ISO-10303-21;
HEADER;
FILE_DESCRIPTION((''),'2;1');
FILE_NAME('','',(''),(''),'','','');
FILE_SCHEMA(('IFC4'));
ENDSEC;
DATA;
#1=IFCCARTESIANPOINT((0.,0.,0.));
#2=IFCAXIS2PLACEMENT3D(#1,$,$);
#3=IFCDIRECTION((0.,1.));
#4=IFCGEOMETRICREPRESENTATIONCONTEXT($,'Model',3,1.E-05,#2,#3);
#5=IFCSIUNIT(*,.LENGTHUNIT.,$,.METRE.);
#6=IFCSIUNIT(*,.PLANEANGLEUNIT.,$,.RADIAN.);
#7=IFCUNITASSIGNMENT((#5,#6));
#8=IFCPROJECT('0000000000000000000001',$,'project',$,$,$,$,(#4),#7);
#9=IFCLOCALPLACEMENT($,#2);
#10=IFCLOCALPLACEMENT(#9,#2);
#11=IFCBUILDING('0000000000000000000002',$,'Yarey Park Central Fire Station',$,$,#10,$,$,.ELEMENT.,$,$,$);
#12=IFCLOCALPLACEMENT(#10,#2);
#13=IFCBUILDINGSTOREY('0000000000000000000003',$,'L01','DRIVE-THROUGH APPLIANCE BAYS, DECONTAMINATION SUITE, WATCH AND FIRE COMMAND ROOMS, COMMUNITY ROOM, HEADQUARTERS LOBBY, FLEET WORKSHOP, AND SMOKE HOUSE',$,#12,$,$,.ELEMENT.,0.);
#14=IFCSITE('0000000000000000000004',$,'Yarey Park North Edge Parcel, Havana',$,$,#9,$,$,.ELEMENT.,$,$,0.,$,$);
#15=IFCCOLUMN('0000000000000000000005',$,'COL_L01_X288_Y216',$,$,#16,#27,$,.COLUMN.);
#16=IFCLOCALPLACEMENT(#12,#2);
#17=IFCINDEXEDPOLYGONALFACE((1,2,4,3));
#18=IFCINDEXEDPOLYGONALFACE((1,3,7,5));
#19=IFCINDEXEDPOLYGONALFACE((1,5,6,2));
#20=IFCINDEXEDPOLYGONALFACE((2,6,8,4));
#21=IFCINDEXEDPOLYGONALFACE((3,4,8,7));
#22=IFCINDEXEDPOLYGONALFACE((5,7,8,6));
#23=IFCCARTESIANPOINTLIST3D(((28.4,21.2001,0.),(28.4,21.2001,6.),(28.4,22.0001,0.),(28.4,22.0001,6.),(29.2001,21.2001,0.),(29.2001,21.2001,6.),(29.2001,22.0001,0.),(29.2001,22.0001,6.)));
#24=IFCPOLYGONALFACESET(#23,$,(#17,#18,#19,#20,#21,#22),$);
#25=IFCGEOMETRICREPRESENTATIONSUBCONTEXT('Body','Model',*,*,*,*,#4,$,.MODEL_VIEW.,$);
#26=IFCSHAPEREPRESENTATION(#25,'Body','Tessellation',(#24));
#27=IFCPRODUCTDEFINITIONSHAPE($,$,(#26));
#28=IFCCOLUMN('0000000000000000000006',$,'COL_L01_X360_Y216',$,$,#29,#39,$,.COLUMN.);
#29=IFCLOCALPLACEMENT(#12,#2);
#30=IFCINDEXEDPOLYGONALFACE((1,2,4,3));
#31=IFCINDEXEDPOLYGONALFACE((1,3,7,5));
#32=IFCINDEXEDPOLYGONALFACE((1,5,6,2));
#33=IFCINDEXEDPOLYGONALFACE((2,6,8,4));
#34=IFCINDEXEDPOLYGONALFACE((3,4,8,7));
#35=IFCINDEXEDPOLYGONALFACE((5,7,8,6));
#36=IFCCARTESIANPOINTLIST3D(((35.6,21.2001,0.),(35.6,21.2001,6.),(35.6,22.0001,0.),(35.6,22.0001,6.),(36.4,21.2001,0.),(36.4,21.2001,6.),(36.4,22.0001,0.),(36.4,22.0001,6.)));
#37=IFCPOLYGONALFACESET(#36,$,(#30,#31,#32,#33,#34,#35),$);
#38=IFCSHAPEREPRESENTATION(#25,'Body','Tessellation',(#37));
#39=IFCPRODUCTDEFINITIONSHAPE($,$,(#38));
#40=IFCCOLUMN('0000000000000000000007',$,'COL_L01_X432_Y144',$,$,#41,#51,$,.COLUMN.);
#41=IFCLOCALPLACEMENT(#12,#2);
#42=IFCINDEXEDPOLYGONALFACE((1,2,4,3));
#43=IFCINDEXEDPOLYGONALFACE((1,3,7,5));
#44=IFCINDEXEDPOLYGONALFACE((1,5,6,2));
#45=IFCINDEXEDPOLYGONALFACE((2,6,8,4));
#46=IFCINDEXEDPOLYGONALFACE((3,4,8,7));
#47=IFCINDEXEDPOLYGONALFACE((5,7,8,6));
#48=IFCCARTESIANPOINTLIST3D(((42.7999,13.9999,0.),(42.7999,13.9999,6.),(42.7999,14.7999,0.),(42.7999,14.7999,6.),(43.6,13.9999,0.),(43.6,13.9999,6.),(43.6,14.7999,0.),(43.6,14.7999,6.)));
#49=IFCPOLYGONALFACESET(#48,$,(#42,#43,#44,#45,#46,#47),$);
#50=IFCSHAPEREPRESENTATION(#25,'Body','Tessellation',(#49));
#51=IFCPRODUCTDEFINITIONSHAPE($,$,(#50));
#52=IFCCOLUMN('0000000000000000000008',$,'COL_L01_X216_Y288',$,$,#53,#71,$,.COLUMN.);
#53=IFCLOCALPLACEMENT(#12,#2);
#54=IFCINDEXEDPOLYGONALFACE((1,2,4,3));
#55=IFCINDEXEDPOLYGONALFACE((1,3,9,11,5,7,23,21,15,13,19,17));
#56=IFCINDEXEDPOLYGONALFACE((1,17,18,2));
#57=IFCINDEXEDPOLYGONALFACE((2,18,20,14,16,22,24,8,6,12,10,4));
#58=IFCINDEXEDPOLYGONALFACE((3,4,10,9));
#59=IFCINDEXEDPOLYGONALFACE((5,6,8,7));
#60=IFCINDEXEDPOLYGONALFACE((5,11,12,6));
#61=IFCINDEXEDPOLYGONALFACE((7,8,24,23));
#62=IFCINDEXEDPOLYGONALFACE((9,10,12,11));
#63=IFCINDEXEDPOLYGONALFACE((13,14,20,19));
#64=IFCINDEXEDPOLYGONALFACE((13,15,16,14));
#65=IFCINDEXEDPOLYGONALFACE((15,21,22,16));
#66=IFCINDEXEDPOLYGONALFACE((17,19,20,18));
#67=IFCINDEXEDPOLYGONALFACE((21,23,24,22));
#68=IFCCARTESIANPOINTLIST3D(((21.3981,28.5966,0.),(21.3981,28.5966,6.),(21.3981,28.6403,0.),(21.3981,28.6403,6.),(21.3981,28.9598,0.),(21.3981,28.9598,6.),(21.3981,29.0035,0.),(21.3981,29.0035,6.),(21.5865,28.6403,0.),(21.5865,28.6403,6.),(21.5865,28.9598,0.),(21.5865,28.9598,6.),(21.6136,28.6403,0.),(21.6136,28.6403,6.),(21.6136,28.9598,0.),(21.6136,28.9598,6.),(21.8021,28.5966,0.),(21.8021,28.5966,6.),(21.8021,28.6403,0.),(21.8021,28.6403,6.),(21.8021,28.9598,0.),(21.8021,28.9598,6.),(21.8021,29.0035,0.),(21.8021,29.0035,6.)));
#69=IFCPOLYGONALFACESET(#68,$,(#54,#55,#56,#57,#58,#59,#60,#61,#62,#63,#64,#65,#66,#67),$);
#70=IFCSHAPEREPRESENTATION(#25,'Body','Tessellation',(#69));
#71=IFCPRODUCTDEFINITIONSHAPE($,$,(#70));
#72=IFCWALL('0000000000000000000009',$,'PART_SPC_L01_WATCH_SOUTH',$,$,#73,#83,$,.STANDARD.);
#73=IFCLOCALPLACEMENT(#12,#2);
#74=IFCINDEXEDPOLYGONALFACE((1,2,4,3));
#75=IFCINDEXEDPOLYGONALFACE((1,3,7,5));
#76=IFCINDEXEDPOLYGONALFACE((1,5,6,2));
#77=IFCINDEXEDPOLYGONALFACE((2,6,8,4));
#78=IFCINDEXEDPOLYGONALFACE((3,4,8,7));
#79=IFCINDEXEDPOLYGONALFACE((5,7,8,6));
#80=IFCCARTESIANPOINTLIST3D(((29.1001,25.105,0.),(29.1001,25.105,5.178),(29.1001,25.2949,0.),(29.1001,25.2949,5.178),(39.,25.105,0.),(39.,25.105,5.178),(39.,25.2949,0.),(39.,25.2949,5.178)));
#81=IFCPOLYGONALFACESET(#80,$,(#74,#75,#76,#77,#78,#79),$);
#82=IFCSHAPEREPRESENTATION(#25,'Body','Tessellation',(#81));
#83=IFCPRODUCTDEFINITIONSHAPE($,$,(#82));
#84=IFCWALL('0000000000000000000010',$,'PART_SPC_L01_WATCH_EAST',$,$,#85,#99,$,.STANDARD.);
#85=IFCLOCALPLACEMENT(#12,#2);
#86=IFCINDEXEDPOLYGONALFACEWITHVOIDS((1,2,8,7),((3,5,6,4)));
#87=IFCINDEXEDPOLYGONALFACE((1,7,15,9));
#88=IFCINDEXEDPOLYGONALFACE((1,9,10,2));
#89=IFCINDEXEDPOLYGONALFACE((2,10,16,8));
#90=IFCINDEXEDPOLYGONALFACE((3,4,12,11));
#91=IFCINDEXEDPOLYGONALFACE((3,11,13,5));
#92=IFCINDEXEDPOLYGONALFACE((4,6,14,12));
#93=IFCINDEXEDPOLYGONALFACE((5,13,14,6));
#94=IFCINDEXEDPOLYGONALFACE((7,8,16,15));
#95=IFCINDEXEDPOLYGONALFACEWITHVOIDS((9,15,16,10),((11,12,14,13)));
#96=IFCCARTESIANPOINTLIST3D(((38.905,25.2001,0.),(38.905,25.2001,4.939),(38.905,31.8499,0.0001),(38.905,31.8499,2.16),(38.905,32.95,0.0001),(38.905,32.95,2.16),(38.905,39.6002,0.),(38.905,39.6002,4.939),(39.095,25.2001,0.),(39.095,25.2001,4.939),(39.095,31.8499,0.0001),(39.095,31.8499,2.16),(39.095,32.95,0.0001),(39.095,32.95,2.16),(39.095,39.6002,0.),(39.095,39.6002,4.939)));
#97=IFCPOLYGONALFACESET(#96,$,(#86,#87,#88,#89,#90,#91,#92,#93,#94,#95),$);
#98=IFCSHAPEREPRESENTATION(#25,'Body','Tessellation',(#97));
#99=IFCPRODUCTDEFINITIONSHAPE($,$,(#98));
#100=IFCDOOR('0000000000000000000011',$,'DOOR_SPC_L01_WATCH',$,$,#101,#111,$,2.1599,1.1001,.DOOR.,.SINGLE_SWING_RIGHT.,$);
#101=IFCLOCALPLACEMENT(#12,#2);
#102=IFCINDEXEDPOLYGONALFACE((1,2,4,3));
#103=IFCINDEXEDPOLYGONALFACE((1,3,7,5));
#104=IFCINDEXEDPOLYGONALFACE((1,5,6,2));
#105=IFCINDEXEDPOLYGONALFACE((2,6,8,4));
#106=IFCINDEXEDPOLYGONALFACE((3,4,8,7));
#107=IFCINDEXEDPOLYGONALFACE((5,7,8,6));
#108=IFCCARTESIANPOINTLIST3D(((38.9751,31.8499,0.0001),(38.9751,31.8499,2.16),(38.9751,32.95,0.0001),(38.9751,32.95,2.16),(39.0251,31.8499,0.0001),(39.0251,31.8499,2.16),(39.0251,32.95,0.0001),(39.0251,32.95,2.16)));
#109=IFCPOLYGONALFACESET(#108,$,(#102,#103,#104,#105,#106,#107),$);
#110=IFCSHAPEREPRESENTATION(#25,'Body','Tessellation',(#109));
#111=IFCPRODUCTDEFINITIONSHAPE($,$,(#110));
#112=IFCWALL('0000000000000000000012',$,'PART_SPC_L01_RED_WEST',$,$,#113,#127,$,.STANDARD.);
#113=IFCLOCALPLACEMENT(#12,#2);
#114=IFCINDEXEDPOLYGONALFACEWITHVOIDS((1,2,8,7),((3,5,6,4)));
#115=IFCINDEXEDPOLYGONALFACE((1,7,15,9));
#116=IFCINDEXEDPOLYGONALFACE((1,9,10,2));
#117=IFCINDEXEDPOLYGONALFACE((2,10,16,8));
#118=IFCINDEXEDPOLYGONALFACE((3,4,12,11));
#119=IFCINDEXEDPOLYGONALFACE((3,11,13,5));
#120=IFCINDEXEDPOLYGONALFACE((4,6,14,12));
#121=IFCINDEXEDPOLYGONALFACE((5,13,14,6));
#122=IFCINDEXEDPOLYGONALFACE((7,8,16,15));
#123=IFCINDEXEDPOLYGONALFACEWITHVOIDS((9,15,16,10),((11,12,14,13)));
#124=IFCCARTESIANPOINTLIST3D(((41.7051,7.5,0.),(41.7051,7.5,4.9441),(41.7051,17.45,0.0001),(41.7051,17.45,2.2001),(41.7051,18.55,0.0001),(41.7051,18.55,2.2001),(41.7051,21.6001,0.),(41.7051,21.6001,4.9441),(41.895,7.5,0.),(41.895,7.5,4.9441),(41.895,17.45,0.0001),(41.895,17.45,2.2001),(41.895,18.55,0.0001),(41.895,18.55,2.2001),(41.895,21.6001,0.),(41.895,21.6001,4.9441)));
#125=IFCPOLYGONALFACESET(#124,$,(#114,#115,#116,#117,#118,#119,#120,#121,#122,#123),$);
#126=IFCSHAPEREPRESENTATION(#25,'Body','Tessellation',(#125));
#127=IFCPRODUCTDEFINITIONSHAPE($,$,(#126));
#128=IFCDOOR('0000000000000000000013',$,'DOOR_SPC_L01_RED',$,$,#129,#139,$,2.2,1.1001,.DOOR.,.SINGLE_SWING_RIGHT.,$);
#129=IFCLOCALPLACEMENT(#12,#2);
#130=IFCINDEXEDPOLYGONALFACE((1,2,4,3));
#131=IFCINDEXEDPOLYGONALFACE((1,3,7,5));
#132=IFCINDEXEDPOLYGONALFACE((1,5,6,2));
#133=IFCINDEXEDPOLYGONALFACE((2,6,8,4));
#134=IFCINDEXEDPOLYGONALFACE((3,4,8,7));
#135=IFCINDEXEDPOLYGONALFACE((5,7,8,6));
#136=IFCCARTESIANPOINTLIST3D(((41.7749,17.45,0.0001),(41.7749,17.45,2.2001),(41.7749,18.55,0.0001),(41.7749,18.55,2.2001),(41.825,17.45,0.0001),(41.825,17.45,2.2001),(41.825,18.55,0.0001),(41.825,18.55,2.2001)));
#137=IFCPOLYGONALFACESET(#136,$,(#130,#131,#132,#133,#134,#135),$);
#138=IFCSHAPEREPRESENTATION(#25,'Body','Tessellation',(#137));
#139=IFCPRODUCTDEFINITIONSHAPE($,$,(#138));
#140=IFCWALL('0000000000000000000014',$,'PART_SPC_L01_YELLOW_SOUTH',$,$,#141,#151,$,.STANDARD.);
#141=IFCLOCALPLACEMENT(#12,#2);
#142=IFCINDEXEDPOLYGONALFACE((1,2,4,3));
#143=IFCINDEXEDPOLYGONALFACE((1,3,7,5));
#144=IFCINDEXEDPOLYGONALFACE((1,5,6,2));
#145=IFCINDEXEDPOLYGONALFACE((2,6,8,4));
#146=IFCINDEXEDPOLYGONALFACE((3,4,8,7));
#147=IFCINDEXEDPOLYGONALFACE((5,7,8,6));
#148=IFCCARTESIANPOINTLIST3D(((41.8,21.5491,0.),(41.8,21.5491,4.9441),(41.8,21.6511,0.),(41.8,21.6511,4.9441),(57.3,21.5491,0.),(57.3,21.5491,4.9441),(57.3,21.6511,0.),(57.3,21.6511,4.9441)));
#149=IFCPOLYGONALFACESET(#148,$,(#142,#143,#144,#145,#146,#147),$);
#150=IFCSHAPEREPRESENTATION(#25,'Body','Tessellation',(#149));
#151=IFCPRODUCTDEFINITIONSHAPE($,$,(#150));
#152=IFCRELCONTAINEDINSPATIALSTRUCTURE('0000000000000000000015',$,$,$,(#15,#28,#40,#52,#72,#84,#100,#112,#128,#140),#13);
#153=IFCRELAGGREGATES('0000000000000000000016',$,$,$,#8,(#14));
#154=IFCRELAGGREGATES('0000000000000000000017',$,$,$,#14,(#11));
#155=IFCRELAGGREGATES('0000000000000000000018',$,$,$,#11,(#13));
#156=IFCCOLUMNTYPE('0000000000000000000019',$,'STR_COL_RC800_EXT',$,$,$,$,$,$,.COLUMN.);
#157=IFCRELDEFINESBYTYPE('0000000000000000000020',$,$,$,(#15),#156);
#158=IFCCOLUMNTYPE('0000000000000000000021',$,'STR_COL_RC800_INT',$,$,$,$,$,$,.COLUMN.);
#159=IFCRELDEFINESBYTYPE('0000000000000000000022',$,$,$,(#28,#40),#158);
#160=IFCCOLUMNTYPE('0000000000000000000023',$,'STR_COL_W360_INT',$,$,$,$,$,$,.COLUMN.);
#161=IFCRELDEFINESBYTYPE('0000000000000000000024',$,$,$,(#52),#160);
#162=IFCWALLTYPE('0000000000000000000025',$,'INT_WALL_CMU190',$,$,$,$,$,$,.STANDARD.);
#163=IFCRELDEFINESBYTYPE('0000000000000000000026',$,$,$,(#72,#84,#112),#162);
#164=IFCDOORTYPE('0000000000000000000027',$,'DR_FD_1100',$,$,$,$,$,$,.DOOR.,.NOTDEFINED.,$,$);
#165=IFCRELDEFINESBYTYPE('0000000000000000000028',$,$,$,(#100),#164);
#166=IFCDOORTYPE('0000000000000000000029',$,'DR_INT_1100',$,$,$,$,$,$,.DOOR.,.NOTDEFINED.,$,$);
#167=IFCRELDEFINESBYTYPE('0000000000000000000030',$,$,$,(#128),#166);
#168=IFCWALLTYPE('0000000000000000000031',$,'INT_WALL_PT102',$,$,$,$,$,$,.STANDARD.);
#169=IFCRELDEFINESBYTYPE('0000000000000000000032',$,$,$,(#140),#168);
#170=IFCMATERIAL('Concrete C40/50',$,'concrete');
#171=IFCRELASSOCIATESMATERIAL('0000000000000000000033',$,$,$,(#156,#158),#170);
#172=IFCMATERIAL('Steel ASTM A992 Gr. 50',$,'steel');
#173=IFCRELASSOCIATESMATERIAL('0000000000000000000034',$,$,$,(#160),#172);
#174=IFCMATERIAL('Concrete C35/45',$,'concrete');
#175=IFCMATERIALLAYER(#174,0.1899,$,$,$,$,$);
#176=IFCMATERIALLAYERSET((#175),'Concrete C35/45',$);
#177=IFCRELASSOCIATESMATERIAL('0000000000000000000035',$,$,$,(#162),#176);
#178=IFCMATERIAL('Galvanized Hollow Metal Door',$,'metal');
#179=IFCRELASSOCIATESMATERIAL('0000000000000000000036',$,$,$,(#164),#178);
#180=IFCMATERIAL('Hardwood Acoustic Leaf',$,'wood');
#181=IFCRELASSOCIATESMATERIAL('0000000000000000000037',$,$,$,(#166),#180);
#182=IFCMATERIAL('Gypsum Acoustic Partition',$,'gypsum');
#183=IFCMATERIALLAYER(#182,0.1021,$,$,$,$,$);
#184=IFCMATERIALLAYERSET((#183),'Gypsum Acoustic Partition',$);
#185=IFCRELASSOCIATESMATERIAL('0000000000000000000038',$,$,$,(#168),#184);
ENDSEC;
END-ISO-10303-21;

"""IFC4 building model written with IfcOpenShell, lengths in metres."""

from ifc_helpers import new_model, si_unit, direction, frame, frame_2d, origin, origin_2d, place, context, subcontext, project, spatial, rectangle, i_section, extrude, material, layer, layer_set, material_profile, profile_set, type_object, element, fill, save


model = new_model("IFC4")

# Units and contexts
model_context = context("Model", 3, precision=1e-05, world=origin(), true_north=direction((0.0, 1.0)))
body_context = subcontext(model_context, "Body", "Model", "MODEL_VIEW")
ifc_project = project(units=[si_unit("LENGTHUNIT", "METRE"), si_unit("PLANEANGLEUNIT", "RADIAN")], contexts=[model_context])

# Site, building, storey
site_placement = place(None, origin())
site = spatial("IfcSite", under=ifc_project, at=site_placement, Name="Yarey Park North Edge Parcel, Havana", CompositionType="ELEMENT", RefElevation=0.0)
building_placement = place(site_placement, origin())
building = spatial("IfcBuilding", under=site, at=building_placement, Name="Yarey Park Central Fire Station", CompositionType="ELEMENT")
storey_placement = place(building_placement, origin())
storey = spatial("IfcBuildingStorey", under=building, at=storey_placement, Name="L01", Description="DRIVE-THROUGH APPLIANCE BAYS, DECONTAMINATION SUITE, WATCH AND FIRE COMMAND ROOMS, COMMUNITY ROOM, HEADQUARTERS LOBBY, FLEET WORKSHOP, AND SMOKE HOUSE", CompositionType="ELEMENT", Elevation=0.0)

# Shared definitions
ifc_material_1 = material(Name="Concrete C35/45", Category="concrete")

# Columns
ifc_material_2 = material(Name="Concrete C40/50", Category="concrete")
ifc_material_profile_1 = material_profile(ifc_material_2, rectangle(XDim=0.8, YDim=0.8, at=origin_2d()), Name="RC 800x800")
ifc_profile_set_1 = profile_set([ifc_material_profile_1], Name="Concrete C40/50")
column_type_1 = type_object("IfcColumnType", Name="STR_COL_RC800_EXT", PredefinedType="COLUMN", material=ifc_profile_set_1)
column_1_placement = place(storey_placement, frame((28.8, 21.6001, 0.0), z_axis=(0.0, 0.0, 1.0), x_axis=(1.0, 0.0, 0.0)))
element("IfcColumn", 1, at=column_1_placement, inside=storey, type_object=column_type_1, Name="COL_L01_X288_Y216", PredefinedType="COLUMN", context=body_context, shape_type="SweptSolid", body=[
    extrude(rectangle(XDim=0.8, YDim=0.8, at=origin_2d()), origin(), (0.0, 0.0, 1.0), 6.0),
])
ifc_material_profile_2 = material_profile(ifc_material_2, rectangle(XDim=0.8, YDim=0.8, at=origin_2d()), Name="RC 800x800")
ifc_profile_set_2 = profile_set([ifc_material_profile_2], Name="Concrete C40/50")
column_type_2 = type_object("IfcColumnType", Name="STR_COL_RC800_INT", PredefinedType="COLUMN", material=ifc_profile_set_2)
for number, where, z_axis, x_axis, name in (
    (2, (36.0, 21.6001, 0.0), (0.0, 0.0, 1.0), (1.0, 0.0, 0.0), "COL_L01_X360_Y216"),
    (3, (43.2, 14.3999, 0.0), (0.0, 0.0, 1.0), (1.0, 0.0, 0.0), "COL_L01_X432_Y144"),
):
    element("IfcColumn", number, at=place(storey_placement, frame(where, z_axis=z_axis, x_axis=x_axis)), inside=storey, type_object=column_type_2, Name=name, PredefinedType="COLUMN", context=body_context, shape_type="SweptSolid", body=[
        extrude(rectangle(XDim=0.8, YDim=0.8, at=origin_2d()), origin(), (0.0, 0.0, 1.0), 6.0),
    ])
ifc_material_3 = material(Name="Steel ASTM A992 Gr. 50", Category="steel")
ifc_material_profile_3 = material_profile(ifc_material_3, i_section(OverallWidth=0.4041, OverallDepth=0.407, WebThickness=0.0271, FlangeThickness=0.0437, at=origin_2d()), Name="W360x347")
ifc_profile_set_3 = profile_set([ifc_material_profile_3], Name="Steel ASTM A992 Gr. 50")
column_type_3 = type_object("IfcColumnType", Name="STR_COL_W360_INT", PredefinedType="COLUMN", material=ifc_profile_set_3)
column_2_placement = place(storey_placement, frame((21.6001, 28.8, 0.0), z_axis=(0.0, 0.0, 1.0), x_axis=(1.0, 0.0, 0.0)))
element("IfcColumn", 4, at=column_2_placement, inside=storey, type_object=column_type_3, Name="COL_L01_X216_Y288", PredefinedType="COLUMN", context=body_context, shape_type="SweptSolid", body=[
    extrude(i_section(OverallWidth=0.4041, OverallDepth=0.407, WebThickness=0.0271, FlangeThickness=0.0437, at=origin_2d()), origin(), (0.0, 0.0, 1.0), 6.0),
])

# Wall
ifc_layer_1 = layer(ifc_material_1, 0.1899)
ifc_layer_set_1 = layer_set([ifc_layer_1], Name="Concrete C35/45")
wall_type_1 = type_object("IfcWallType", Name="INT_WALL_CMU190", PredefinedType="STANDARD", material=ifc_layer_set_1)
wall_1_placement = place(storey_placement, frame((29.1001, 25.2, 0.0), z_axis=(0.0, 0.0, 1.0), x_axis=(1.0, 0.0, 0.0)))
element("IfcWall", 5, at=wall_1_placement, inside=storey, type_object=wall_type_1, Name="PART_SPC_L01_WATCH_SOUTH", PredefinedType="STANDARD", context=body_context, shape_type="SweptSolid", body=[
    extrude(rectangle(XDim=9.8999, YDim=0.1899, at=frame_2d((4.95, 0.0))), origin(), (0.0, 0.0, 1.0), 5.178),
])

# Walls, openings, doors
wall_2_placement = place(storey_placement, frame((39.0, 25.2, 0.0), z_axis=(0.0, 0.0, 1.0), x_axis=(0.0, 1.0, 0.0)))
wall_2 = element("IfcWall", 6, at=wall_2_placement, inside=storey, type_object=wall_type_1, Name="PART_SPC_L01_WATCH_EAST", PredefinedType="STANDARD", context=body_context, shape_type="SweptSolid", body=[
    extrude(rectangle(XDim=14.4001, YDim=0.1899, at=frame_2d((7.2002, 0.0))), origin(), (0.0, 0.0, 1.0), 4.939),
])
opening_1_placement = place(wall_2_placement, frame((6.6499, 0.0, 0.0)))
opening_1 = element("IfcOpeningElement", 7, at=opening_1_placement, cuts=wall_2, PredefinedType="OPENING", context=body_context, shape_type="SweptSolid", body=[
    extrude(rectangle(XDim=1.1001, YDim=2.1599, at=frame_2d((0.55, 1.0801))), frame((0.0, 0.105, 0.0), z_axis=(0.0, -1.0, 0.0), x_axis=(1.0, 0.0, 0.0)), (0.0, 0.0, 1.0), 0.21),
])
ifc_material_4 = material(Name="Galvanized Hollow Metal Door", Category="metal")
door_type_1 = type_object("IfcDoorType", Name="DR_FD_1100", OperationType="NOTDEFINED", PredefinedType="DOOR", material=ifc_material_4)
door_1_placement = place(opening_1_placement, origin())
door_1 = element("IfcDoor", 8, at=door_1_placement, inside=storey, type_object=door_type_1, Name="DOOR_SPC_L01_WATCH", OperationType="SINGLE_SWING_RIGHT", OverallHeight=2.1599, OverallWidth=1.1001, PredefinedType="DOOR", context=body_context, shape_type="SweptSolid", body=[
    extrude(rectangle(XDim=1.1001, YDim=2.1599, at=frame_2d((0.55, 1.0801))), frame((0.0, 0.0249, 0.0), z_axis=(0.0, -1.0, 0.0), x_axis=(1.0, 0.0, 0.0)), (0.0, 0.0, 1.0), 0.05),
])
fill(opening_1, door_1)
wall_3_placement = place(storey_placement, frame((41.8, 21.6001, 0.0), z_axis=(0.0, 0.0, 1.0), x_axis=(0.0, -1.0, 0.0)))
wall_3 = element("IfcWall", 9, at=wall_3_placement, inside=storey, type_object=wall_type_1, Name="PART_SPC_L01_RED_WEST", PredefinedType="STANDARD", context=body_context, shape_type="SweptSolid", body=[
    extrude(rectangle(XDim=14.1001, YDim=0.1899, at=frame_2d((7.05, 0.0))), origin(), (0.0, 0.0, 1.0), 4.9441),
])
opening_2_placement = place(wall_3_placement, frame((3.05, 0.0, 0.0)))
opening_2 = element("IfcOpeningElement", 10, at=opening_2_placement, cuts=wall_3, PredefinedType="OPENING", context=body_context, shape_type="SweptSolid", body=[
    extrude(rectangle(XDim=1.1001, YDim=2.2, at=frame_2d((0.55, 1.1001))), frame((0.0, 0.105, 0.0), z_axis=(0.0, -1.0, 0.0), x_axis=(1.0, 0.0, 0.0)), (0.0, 0.0, 1.0), 0.21),
])
ifc_material_5 = material(Name="Hardwood Acoustic Leaf", Category="wood")
door_type_2 = type_object("IfcDoorType", Name="DR_INT_1100", OperationType="NOTDEFINED", PredefinedType="DOOR", material=ifc_material_5)
door_2_placement = place(opening_2_placement, origin())
door_2 = element("IfcDoor", 11, at=door_2_placement, inside=storey, type_object=door_type_2, Name="DOOR_SPC_L01_RED", OperationType="SINGLE_SWING_RIGHT", OverallHeight=2.2, OverallWidth=1.1001, PredefinedType="DOOR", context=body_context, shape_type="SweptSolid", body=[
    extrude(rectangle(XDim=1.1001, YDim=2.2, at=frame_2d((0.55, 1.1001))), frame((0.0, 0.0249, 0.0), z_axis=(0.0, -1.0, 0.0), x_axis=(1.0, 0.0, 0.0)), (0.0, 0.0, 1.0), 0.05),
])
fill(opening_2, door_2)

# Wall
ifc_material_6 = material(Name="Gypsum Acoustic Partition", Category="gypsum")
ifc_layer_2 = layer(ifc_material_6, 0.1021)
ifc_layer_set_2 = layer_set([ifc_layer_2], Name="Gypsum Acoustic Partition")
wall_type_2 = type_object("IfcWallType", Name="INT_WALL_PT102", PredefinedType="STANDARD", material=ifc_layer_set_2)
wall_4_placement = place(storey_placement, frame((41.8, 21.6001, 0.0), z_axis=(0.0, 0.0, 1.0), x_axis=(1.0, 0.0, 0.0)))
element("IfcWall", 12, at=wall_4_placement, inside=storey, type_object=wall_type_2, Name="PART_SPC_L01_YELLOW_SOUTH", PredefinedType="STANDARD", context=body_context, shape_type="SweptSolid", body=[
    extrude(rectangle(XDim=15.5, YDim=0.1021, at=frame_2d((7.75, 0.0))), origin(), (0.0, 0.0, 1.0), 4.9441),
])

save(model, "model.ifc")
